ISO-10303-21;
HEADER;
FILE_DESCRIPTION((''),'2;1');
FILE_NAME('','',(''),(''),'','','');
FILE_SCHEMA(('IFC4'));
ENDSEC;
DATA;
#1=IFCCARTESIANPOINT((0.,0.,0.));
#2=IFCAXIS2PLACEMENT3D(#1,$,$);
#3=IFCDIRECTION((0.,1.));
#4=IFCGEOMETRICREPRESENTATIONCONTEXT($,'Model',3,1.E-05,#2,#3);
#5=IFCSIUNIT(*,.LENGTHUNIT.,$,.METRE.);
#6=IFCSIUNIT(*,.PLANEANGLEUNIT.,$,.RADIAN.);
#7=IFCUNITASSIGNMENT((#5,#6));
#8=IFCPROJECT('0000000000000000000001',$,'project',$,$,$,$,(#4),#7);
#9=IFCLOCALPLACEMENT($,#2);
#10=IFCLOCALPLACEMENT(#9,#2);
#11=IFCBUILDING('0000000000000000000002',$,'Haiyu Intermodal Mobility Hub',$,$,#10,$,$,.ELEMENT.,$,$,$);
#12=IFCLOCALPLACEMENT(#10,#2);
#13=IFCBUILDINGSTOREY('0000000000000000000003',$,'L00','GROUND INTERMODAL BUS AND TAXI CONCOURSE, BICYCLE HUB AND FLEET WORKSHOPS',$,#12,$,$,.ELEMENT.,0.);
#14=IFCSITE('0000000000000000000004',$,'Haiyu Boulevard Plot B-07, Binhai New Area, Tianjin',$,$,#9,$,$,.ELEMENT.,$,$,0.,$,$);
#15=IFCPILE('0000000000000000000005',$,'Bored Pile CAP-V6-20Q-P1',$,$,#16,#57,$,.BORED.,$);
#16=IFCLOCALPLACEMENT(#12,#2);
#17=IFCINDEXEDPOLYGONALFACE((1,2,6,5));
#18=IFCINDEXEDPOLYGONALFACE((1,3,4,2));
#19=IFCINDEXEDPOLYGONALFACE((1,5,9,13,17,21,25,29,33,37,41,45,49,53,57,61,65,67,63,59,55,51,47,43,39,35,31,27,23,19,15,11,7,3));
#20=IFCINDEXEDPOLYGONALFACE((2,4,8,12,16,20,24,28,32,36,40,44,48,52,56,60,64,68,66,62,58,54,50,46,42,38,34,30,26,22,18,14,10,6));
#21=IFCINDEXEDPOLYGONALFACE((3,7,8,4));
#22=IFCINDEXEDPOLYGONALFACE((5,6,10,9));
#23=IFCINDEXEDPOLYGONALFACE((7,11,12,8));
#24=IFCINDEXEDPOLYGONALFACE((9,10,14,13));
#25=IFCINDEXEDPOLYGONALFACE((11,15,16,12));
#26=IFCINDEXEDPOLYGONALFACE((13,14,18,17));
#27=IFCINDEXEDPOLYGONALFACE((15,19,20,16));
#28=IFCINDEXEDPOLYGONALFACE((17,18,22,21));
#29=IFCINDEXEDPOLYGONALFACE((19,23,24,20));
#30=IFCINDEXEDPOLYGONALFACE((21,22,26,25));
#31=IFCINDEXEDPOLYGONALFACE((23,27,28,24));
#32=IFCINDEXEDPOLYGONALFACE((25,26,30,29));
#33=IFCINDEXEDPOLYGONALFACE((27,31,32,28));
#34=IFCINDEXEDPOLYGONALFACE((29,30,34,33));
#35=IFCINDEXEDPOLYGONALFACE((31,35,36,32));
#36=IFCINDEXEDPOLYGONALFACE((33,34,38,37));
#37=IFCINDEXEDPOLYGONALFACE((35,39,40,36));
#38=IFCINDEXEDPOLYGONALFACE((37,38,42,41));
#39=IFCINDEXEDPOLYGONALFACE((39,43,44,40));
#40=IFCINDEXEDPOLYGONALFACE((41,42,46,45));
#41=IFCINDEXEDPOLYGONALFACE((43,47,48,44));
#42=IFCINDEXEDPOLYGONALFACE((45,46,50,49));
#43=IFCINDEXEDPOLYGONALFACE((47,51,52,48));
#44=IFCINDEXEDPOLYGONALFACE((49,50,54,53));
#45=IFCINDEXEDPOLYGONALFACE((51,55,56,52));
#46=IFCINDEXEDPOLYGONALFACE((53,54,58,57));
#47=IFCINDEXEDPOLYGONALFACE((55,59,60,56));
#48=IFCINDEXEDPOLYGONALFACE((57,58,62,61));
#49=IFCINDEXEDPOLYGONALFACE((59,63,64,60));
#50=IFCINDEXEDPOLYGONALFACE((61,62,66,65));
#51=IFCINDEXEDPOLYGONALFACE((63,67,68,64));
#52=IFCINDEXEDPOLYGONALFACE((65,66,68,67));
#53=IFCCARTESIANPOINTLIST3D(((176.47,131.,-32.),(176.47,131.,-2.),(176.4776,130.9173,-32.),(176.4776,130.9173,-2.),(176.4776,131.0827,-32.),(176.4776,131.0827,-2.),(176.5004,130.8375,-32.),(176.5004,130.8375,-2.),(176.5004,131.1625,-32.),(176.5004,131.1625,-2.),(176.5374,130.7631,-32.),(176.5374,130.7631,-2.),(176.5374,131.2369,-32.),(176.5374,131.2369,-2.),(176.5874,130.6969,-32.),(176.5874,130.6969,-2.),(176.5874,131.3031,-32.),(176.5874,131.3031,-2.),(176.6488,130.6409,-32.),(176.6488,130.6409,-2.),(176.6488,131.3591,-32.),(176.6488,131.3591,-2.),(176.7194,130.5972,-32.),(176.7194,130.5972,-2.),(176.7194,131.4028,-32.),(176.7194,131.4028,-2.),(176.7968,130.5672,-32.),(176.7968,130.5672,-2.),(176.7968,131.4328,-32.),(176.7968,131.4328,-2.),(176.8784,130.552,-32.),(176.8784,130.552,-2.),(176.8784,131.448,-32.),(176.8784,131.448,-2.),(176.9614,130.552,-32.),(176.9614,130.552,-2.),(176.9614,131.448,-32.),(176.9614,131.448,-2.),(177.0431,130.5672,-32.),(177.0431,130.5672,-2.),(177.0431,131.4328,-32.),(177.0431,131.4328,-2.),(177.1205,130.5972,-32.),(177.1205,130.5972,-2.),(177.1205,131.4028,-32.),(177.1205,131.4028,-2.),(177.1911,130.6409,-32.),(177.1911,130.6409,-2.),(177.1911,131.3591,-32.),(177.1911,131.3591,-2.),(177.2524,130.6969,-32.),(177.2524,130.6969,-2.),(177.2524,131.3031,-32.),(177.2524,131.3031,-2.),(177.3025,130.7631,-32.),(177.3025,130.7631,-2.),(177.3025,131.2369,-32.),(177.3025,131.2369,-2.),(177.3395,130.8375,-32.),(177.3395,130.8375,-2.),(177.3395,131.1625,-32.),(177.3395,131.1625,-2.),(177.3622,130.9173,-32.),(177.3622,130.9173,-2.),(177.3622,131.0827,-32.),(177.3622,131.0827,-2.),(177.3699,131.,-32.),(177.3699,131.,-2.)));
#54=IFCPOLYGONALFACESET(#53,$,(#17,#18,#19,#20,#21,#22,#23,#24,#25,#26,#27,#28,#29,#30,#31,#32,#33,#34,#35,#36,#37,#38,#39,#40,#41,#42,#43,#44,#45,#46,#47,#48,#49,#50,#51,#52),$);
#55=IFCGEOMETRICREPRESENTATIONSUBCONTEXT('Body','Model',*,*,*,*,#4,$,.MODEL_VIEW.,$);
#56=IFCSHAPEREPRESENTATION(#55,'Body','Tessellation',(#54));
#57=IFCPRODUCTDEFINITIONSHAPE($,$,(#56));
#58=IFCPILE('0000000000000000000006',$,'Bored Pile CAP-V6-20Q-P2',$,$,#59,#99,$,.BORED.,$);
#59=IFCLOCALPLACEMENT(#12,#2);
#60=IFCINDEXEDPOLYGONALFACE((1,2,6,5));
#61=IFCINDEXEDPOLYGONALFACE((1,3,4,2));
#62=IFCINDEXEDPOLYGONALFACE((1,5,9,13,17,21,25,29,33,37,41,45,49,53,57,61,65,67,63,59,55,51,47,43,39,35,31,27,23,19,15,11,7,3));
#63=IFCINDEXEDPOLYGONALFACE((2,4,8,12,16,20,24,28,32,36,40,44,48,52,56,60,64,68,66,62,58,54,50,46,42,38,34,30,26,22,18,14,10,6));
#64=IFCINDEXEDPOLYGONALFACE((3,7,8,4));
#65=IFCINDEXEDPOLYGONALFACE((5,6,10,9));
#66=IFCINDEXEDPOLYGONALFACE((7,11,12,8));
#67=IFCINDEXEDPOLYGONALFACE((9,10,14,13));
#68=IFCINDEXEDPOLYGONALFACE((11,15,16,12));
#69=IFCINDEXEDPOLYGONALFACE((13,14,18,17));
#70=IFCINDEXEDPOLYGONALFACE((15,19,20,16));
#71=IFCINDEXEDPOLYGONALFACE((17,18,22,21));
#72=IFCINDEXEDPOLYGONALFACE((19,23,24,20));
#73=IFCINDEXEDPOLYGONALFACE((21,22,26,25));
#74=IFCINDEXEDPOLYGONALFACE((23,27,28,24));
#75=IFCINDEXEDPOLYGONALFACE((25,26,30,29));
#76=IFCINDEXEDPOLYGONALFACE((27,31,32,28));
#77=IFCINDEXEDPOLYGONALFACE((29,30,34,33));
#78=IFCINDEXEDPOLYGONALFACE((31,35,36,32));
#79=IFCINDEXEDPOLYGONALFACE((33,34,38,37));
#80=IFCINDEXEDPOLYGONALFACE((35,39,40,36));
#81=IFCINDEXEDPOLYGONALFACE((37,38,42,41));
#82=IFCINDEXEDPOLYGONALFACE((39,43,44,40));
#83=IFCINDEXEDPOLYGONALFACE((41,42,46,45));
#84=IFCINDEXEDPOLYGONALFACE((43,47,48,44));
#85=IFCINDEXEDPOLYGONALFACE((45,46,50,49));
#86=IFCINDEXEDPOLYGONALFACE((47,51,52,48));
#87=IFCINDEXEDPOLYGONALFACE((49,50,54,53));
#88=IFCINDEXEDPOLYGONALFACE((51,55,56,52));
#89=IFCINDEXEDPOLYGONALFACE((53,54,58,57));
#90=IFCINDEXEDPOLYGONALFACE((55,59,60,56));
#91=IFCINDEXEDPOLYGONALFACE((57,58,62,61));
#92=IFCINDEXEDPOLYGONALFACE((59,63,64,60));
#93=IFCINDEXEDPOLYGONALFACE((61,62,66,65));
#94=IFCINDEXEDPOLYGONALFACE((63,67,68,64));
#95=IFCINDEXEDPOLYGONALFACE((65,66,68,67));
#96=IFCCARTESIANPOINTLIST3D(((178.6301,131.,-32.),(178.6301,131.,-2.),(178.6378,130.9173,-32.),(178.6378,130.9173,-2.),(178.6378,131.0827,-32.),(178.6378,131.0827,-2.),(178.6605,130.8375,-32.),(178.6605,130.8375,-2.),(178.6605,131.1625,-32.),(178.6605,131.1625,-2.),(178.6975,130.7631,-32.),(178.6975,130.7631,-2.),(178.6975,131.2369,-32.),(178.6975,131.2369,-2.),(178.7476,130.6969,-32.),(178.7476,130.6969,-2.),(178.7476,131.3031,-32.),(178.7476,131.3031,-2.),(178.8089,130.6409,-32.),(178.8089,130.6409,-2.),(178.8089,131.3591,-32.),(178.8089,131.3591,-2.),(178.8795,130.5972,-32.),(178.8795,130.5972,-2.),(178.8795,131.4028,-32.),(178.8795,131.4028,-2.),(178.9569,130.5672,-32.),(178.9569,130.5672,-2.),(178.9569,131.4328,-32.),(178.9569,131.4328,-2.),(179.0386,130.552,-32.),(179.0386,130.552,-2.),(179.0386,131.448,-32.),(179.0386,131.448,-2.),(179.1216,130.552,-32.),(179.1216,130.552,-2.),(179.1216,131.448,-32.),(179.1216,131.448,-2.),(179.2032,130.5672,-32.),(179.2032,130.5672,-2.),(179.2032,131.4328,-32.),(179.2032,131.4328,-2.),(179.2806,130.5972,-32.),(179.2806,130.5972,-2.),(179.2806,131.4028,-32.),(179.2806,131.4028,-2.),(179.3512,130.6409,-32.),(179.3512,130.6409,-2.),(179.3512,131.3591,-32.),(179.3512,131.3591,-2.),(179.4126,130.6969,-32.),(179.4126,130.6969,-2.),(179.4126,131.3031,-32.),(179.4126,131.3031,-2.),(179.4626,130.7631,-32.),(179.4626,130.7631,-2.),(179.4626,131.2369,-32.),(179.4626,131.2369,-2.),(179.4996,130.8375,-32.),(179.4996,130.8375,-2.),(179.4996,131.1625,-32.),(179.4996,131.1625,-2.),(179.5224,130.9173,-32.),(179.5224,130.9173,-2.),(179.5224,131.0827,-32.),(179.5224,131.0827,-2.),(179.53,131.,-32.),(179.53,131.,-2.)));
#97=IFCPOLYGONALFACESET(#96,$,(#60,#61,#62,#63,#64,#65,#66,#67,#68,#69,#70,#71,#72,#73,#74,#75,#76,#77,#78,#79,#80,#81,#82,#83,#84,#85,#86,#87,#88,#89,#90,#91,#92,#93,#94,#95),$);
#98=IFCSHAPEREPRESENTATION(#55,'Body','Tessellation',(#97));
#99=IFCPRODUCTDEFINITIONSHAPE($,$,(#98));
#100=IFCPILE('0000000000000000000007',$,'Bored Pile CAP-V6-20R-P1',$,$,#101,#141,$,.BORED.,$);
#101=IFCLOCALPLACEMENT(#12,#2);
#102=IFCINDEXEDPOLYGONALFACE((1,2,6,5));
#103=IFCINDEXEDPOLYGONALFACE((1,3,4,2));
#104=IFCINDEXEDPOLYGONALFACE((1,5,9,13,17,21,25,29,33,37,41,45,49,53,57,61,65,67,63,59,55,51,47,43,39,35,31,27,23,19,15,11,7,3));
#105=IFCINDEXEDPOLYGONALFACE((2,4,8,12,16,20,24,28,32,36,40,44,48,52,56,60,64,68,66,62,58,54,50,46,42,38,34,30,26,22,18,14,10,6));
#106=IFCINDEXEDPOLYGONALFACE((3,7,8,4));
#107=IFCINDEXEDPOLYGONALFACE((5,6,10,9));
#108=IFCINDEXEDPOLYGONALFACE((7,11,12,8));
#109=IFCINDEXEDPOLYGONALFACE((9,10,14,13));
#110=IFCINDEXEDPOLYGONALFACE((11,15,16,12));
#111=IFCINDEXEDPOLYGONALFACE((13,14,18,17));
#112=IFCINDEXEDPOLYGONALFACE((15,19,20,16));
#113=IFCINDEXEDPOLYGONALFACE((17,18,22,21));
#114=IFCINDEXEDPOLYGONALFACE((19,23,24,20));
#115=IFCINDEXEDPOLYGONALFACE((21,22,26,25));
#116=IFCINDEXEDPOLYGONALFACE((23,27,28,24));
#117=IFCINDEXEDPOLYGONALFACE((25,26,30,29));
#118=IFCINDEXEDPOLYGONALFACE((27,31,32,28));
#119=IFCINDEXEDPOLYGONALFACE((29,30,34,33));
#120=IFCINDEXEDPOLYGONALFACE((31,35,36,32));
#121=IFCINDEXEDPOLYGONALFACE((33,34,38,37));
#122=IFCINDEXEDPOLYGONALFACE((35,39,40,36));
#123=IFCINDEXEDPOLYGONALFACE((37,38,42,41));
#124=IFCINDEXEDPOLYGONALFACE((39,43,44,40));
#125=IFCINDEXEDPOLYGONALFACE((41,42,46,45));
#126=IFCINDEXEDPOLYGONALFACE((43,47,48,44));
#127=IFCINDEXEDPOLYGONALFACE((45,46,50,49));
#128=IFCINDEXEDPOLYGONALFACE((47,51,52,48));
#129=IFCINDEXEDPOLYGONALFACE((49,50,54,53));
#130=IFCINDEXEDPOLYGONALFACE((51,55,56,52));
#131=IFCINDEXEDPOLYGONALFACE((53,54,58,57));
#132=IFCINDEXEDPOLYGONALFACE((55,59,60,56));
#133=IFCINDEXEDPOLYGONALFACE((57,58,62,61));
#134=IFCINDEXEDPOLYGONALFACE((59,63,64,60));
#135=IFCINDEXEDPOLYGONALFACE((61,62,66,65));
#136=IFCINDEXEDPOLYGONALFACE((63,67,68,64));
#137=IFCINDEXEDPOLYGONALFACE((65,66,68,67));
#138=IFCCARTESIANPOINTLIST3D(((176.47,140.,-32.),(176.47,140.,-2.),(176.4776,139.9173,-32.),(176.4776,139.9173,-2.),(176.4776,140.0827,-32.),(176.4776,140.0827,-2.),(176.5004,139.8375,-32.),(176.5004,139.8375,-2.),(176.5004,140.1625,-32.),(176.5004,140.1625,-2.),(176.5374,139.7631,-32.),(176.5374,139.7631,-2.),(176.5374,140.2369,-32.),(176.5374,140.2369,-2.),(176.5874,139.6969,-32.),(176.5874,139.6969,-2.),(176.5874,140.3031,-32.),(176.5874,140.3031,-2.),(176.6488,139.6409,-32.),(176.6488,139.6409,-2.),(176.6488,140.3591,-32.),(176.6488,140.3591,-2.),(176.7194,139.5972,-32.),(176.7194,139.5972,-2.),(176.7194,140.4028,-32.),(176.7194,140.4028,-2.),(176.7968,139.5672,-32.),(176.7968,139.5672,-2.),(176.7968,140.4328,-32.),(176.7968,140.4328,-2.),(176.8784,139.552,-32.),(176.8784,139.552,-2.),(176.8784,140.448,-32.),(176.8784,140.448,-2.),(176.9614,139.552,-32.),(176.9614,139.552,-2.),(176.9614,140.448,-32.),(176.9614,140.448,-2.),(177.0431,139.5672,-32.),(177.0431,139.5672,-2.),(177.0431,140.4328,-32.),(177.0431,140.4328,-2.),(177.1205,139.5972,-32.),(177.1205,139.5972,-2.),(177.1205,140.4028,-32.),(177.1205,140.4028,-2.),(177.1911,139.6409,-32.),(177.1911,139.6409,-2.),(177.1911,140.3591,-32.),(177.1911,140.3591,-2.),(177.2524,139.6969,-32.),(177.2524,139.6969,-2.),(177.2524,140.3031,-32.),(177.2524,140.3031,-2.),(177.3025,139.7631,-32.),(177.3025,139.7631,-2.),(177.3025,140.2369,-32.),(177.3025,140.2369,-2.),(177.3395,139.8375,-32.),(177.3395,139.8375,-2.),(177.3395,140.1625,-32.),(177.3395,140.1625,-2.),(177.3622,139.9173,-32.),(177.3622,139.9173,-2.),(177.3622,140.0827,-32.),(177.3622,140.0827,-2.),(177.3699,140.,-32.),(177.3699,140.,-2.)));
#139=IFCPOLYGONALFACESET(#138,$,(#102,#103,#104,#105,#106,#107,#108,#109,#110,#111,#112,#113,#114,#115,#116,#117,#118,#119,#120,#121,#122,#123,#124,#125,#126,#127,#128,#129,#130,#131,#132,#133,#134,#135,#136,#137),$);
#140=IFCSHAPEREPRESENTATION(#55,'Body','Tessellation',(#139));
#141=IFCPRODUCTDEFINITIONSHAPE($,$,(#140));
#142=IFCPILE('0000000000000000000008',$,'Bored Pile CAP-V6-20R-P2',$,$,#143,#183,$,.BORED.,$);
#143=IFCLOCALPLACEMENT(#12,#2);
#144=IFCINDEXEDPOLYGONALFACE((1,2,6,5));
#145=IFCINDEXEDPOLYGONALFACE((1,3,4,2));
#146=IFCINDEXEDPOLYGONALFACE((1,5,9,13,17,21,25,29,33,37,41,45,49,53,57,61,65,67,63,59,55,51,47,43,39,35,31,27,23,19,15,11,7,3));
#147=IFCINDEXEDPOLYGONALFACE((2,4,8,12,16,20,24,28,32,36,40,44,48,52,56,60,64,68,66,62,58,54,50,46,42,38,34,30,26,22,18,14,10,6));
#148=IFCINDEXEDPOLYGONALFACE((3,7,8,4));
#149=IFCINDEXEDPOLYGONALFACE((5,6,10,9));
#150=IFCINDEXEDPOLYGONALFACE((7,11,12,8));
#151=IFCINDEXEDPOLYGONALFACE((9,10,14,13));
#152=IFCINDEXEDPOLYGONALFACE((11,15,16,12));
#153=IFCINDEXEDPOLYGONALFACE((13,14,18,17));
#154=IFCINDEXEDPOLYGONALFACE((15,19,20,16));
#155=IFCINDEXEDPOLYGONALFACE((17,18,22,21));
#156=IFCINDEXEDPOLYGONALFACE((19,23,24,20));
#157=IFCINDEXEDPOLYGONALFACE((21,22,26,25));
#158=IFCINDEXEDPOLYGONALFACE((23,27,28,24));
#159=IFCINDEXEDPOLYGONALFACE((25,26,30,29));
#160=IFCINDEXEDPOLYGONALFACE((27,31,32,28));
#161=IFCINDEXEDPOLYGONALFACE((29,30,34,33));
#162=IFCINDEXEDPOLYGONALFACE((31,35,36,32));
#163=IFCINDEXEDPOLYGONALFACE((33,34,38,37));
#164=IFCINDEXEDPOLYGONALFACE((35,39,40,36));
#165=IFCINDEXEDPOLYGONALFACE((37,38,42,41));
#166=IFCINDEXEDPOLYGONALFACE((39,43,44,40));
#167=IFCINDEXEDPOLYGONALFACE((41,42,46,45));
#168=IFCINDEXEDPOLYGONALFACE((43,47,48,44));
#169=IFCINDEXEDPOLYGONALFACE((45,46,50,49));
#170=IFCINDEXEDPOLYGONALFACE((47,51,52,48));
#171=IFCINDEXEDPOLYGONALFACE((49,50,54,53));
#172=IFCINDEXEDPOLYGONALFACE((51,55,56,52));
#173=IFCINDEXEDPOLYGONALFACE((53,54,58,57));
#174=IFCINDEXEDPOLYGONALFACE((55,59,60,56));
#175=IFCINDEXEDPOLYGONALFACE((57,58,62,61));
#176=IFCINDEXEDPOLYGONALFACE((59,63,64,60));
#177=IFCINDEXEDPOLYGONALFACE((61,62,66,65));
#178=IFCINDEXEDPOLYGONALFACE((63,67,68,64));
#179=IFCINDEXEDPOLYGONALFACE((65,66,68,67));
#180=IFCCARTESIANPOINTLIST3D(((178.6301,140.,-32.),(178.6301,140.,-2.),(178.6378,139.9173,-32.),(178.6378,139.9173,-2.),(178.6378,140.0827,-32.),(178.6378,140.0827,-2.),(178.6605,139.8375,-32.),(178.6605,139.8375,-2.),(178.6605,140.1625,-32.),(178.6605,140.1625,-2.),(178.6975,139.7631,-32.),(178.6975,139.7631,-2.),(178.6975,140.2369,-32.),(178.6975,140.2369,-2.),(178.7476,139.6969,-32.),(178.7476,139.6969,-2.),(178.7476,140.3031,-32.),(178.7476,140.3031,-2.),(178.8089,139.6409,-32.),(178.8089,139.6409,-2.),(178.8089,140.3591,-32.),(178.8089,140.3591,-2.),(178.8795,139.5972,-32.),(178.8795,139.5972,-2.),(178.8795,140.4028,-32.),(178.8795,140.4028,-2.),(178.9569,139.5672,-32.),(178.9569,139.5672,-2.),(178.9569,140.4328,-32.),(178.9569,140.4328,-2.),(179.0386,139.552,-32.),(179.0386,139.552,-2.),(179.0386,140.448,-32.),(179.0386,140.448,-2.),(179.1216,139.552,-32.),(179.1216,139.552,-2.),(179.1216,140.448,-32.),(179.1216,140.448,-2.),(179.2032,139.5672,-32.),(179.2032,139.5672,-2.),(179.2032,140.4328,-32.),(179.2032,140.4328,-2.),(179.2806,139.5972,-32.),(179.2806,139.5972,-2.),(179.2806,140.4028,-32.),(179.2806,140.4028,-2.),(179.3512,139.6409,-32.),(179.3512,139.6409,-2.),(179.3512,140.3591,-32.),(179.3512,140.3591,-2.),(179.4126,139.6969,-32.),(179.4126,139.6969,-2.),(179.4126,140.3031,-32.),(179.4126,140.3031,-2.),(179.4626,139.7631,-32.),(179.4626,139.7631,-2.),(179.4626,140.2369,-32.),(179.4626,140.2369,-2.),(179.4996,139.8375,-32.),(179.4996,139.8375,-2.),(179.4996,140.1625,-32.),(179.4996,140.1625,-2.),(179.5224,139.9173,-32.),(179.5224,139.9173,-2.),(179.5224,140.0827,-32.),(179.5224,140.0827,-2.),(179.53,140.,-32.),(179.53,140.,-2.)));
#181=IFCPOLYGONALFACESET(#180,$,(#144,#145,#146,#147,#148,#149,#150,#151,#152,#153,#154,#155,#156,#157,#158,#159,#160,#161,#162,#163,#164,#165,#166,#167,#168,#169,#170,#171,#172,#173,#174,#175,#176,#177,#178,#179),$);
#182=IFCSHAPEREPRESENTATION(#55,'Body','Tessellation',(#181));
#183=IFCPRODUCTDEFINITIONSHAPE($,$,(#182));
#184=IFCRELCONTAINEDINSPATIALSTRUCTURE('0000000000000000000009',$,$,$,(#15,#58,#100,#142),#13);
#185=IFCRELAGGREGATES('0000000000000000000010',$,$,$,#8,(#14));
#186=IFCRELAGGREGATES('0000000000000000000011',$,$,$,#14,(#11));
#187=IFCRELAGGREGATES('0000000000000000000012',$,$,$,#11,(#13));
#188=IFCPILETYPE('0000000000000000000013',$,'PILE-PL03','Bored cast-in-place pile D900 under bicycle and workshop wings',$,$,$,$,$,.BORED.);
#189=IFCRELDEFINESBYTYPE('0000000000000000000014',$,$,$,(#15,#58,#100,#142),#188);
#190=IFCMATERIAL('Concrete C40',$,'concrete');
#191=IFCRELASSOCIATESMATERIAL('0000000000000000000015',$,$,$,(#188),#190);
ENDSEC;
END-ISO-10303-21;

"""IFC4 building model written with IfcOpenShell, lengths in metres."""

from ifc_helpers import new_model, si_unit, direction, frame, origin, origin_2d, place, context, subcontext, project, spatial, circle, extrude, material, material_profile, profile_set, type_object, element, save


model = new_model("IFC4")

# Units and contexts
model_context = context("Model", 3, precision=1e-05, world=origin(), true_north=direction((0.0, 1.0)))
body_context = subcontext(model_context, "Body", "Model", "MODEL_VIEW")
ifc_project = project(units=[si_unit("LENGTHUNIT", "METRE"), si_unit("PLANEANGLEUNIT", "RADIAN")], contexts=[model_context])

# Site, building, storey
site_placement = place(None, origin())
site = spatial("IfcSite", under=ifc_project, at=site_placement, Name="Haiyu Boulevard Plot B-07, Binhai New Area, Tianjin", CompositionType="ELEMENT", RefElevation=0.0)
building_placement = place(site_placement, origin())
building = spatial("IfcBuilding", under=site, at=building_placement, Name="Haiyu Intermodal Mobility Hub", CompositionType="ELEMENT")
storey_placement = place(building_placement, origin())
storey = spatial("IfcBuildingStorey", under=building, at=storey_placement, Name="L00", Description="GROUND INTERMODAL BUS AND TAXI CONCOURSE, BICYCLE HUB AND FLEET WORKSHOPS", CompositionType="ELEMENT", Elevation=0.0)

# Shared definitions
ifc_material = material(Name="Concrete C40", Category="concrete")

# Piles
ifc_material_profile_1 = material_profile(ifc_material, circle(Radius=0.45, at=origin_2d()), Name="PILE-D900")
ifc_profile_set_1 = profile_set([ifc_material_profile_1], Name="Concrete C40")
pile_type = type_object("IfcPileType", Name="PILE-PL03", Description="Bored cast-in-place pile D900 under bicycle and workshop wings", PredefinedType="BORED", material=ifc_profile_set_1)
for number, where, z_axis, x_axis, name in (
    (1, (176.9199, 131.0, -2.0), (0.0, 0.0, -1.0), (1.0, 0.0, 0.0), "Bored Pile CAP-V6-20Q-P1"),
    (2, (179.0801, 131.0, -2.0), (0.0, 0.0, -1.0), (1.0, 0.0, 0.0), "Bored Pile CAP-V6-20Q-P2"),
    (3, (176.9199, 140.0, -2.0), (0.0, 0.0, -1.0), (1.0, 0.0, 0.0), "Bored Pile CAP-V6-20R-P1"),
    (4, (179.0801, 140.0, -2.0), (0.0, 0.0, -1.0), (1.0, 0.0, 0.0), "Bored Pile CAP-V6-20R-P2"),
):
    element("IfcPile", number, at=place(storey_placement, frame(where, z_axis=z_axis, x_axis=x_axis)), inside=storey, type_object=pile_type, Name=name, PredefinedType="BORED", context=body_context, shape_type="SweptSolid", body=[
        extrude(circle(Radius=0.45, at=origin_2d()), origin(), (0.0, 0.0, 1.0), 30.0),
    ])

save(model, "model.ifc")
